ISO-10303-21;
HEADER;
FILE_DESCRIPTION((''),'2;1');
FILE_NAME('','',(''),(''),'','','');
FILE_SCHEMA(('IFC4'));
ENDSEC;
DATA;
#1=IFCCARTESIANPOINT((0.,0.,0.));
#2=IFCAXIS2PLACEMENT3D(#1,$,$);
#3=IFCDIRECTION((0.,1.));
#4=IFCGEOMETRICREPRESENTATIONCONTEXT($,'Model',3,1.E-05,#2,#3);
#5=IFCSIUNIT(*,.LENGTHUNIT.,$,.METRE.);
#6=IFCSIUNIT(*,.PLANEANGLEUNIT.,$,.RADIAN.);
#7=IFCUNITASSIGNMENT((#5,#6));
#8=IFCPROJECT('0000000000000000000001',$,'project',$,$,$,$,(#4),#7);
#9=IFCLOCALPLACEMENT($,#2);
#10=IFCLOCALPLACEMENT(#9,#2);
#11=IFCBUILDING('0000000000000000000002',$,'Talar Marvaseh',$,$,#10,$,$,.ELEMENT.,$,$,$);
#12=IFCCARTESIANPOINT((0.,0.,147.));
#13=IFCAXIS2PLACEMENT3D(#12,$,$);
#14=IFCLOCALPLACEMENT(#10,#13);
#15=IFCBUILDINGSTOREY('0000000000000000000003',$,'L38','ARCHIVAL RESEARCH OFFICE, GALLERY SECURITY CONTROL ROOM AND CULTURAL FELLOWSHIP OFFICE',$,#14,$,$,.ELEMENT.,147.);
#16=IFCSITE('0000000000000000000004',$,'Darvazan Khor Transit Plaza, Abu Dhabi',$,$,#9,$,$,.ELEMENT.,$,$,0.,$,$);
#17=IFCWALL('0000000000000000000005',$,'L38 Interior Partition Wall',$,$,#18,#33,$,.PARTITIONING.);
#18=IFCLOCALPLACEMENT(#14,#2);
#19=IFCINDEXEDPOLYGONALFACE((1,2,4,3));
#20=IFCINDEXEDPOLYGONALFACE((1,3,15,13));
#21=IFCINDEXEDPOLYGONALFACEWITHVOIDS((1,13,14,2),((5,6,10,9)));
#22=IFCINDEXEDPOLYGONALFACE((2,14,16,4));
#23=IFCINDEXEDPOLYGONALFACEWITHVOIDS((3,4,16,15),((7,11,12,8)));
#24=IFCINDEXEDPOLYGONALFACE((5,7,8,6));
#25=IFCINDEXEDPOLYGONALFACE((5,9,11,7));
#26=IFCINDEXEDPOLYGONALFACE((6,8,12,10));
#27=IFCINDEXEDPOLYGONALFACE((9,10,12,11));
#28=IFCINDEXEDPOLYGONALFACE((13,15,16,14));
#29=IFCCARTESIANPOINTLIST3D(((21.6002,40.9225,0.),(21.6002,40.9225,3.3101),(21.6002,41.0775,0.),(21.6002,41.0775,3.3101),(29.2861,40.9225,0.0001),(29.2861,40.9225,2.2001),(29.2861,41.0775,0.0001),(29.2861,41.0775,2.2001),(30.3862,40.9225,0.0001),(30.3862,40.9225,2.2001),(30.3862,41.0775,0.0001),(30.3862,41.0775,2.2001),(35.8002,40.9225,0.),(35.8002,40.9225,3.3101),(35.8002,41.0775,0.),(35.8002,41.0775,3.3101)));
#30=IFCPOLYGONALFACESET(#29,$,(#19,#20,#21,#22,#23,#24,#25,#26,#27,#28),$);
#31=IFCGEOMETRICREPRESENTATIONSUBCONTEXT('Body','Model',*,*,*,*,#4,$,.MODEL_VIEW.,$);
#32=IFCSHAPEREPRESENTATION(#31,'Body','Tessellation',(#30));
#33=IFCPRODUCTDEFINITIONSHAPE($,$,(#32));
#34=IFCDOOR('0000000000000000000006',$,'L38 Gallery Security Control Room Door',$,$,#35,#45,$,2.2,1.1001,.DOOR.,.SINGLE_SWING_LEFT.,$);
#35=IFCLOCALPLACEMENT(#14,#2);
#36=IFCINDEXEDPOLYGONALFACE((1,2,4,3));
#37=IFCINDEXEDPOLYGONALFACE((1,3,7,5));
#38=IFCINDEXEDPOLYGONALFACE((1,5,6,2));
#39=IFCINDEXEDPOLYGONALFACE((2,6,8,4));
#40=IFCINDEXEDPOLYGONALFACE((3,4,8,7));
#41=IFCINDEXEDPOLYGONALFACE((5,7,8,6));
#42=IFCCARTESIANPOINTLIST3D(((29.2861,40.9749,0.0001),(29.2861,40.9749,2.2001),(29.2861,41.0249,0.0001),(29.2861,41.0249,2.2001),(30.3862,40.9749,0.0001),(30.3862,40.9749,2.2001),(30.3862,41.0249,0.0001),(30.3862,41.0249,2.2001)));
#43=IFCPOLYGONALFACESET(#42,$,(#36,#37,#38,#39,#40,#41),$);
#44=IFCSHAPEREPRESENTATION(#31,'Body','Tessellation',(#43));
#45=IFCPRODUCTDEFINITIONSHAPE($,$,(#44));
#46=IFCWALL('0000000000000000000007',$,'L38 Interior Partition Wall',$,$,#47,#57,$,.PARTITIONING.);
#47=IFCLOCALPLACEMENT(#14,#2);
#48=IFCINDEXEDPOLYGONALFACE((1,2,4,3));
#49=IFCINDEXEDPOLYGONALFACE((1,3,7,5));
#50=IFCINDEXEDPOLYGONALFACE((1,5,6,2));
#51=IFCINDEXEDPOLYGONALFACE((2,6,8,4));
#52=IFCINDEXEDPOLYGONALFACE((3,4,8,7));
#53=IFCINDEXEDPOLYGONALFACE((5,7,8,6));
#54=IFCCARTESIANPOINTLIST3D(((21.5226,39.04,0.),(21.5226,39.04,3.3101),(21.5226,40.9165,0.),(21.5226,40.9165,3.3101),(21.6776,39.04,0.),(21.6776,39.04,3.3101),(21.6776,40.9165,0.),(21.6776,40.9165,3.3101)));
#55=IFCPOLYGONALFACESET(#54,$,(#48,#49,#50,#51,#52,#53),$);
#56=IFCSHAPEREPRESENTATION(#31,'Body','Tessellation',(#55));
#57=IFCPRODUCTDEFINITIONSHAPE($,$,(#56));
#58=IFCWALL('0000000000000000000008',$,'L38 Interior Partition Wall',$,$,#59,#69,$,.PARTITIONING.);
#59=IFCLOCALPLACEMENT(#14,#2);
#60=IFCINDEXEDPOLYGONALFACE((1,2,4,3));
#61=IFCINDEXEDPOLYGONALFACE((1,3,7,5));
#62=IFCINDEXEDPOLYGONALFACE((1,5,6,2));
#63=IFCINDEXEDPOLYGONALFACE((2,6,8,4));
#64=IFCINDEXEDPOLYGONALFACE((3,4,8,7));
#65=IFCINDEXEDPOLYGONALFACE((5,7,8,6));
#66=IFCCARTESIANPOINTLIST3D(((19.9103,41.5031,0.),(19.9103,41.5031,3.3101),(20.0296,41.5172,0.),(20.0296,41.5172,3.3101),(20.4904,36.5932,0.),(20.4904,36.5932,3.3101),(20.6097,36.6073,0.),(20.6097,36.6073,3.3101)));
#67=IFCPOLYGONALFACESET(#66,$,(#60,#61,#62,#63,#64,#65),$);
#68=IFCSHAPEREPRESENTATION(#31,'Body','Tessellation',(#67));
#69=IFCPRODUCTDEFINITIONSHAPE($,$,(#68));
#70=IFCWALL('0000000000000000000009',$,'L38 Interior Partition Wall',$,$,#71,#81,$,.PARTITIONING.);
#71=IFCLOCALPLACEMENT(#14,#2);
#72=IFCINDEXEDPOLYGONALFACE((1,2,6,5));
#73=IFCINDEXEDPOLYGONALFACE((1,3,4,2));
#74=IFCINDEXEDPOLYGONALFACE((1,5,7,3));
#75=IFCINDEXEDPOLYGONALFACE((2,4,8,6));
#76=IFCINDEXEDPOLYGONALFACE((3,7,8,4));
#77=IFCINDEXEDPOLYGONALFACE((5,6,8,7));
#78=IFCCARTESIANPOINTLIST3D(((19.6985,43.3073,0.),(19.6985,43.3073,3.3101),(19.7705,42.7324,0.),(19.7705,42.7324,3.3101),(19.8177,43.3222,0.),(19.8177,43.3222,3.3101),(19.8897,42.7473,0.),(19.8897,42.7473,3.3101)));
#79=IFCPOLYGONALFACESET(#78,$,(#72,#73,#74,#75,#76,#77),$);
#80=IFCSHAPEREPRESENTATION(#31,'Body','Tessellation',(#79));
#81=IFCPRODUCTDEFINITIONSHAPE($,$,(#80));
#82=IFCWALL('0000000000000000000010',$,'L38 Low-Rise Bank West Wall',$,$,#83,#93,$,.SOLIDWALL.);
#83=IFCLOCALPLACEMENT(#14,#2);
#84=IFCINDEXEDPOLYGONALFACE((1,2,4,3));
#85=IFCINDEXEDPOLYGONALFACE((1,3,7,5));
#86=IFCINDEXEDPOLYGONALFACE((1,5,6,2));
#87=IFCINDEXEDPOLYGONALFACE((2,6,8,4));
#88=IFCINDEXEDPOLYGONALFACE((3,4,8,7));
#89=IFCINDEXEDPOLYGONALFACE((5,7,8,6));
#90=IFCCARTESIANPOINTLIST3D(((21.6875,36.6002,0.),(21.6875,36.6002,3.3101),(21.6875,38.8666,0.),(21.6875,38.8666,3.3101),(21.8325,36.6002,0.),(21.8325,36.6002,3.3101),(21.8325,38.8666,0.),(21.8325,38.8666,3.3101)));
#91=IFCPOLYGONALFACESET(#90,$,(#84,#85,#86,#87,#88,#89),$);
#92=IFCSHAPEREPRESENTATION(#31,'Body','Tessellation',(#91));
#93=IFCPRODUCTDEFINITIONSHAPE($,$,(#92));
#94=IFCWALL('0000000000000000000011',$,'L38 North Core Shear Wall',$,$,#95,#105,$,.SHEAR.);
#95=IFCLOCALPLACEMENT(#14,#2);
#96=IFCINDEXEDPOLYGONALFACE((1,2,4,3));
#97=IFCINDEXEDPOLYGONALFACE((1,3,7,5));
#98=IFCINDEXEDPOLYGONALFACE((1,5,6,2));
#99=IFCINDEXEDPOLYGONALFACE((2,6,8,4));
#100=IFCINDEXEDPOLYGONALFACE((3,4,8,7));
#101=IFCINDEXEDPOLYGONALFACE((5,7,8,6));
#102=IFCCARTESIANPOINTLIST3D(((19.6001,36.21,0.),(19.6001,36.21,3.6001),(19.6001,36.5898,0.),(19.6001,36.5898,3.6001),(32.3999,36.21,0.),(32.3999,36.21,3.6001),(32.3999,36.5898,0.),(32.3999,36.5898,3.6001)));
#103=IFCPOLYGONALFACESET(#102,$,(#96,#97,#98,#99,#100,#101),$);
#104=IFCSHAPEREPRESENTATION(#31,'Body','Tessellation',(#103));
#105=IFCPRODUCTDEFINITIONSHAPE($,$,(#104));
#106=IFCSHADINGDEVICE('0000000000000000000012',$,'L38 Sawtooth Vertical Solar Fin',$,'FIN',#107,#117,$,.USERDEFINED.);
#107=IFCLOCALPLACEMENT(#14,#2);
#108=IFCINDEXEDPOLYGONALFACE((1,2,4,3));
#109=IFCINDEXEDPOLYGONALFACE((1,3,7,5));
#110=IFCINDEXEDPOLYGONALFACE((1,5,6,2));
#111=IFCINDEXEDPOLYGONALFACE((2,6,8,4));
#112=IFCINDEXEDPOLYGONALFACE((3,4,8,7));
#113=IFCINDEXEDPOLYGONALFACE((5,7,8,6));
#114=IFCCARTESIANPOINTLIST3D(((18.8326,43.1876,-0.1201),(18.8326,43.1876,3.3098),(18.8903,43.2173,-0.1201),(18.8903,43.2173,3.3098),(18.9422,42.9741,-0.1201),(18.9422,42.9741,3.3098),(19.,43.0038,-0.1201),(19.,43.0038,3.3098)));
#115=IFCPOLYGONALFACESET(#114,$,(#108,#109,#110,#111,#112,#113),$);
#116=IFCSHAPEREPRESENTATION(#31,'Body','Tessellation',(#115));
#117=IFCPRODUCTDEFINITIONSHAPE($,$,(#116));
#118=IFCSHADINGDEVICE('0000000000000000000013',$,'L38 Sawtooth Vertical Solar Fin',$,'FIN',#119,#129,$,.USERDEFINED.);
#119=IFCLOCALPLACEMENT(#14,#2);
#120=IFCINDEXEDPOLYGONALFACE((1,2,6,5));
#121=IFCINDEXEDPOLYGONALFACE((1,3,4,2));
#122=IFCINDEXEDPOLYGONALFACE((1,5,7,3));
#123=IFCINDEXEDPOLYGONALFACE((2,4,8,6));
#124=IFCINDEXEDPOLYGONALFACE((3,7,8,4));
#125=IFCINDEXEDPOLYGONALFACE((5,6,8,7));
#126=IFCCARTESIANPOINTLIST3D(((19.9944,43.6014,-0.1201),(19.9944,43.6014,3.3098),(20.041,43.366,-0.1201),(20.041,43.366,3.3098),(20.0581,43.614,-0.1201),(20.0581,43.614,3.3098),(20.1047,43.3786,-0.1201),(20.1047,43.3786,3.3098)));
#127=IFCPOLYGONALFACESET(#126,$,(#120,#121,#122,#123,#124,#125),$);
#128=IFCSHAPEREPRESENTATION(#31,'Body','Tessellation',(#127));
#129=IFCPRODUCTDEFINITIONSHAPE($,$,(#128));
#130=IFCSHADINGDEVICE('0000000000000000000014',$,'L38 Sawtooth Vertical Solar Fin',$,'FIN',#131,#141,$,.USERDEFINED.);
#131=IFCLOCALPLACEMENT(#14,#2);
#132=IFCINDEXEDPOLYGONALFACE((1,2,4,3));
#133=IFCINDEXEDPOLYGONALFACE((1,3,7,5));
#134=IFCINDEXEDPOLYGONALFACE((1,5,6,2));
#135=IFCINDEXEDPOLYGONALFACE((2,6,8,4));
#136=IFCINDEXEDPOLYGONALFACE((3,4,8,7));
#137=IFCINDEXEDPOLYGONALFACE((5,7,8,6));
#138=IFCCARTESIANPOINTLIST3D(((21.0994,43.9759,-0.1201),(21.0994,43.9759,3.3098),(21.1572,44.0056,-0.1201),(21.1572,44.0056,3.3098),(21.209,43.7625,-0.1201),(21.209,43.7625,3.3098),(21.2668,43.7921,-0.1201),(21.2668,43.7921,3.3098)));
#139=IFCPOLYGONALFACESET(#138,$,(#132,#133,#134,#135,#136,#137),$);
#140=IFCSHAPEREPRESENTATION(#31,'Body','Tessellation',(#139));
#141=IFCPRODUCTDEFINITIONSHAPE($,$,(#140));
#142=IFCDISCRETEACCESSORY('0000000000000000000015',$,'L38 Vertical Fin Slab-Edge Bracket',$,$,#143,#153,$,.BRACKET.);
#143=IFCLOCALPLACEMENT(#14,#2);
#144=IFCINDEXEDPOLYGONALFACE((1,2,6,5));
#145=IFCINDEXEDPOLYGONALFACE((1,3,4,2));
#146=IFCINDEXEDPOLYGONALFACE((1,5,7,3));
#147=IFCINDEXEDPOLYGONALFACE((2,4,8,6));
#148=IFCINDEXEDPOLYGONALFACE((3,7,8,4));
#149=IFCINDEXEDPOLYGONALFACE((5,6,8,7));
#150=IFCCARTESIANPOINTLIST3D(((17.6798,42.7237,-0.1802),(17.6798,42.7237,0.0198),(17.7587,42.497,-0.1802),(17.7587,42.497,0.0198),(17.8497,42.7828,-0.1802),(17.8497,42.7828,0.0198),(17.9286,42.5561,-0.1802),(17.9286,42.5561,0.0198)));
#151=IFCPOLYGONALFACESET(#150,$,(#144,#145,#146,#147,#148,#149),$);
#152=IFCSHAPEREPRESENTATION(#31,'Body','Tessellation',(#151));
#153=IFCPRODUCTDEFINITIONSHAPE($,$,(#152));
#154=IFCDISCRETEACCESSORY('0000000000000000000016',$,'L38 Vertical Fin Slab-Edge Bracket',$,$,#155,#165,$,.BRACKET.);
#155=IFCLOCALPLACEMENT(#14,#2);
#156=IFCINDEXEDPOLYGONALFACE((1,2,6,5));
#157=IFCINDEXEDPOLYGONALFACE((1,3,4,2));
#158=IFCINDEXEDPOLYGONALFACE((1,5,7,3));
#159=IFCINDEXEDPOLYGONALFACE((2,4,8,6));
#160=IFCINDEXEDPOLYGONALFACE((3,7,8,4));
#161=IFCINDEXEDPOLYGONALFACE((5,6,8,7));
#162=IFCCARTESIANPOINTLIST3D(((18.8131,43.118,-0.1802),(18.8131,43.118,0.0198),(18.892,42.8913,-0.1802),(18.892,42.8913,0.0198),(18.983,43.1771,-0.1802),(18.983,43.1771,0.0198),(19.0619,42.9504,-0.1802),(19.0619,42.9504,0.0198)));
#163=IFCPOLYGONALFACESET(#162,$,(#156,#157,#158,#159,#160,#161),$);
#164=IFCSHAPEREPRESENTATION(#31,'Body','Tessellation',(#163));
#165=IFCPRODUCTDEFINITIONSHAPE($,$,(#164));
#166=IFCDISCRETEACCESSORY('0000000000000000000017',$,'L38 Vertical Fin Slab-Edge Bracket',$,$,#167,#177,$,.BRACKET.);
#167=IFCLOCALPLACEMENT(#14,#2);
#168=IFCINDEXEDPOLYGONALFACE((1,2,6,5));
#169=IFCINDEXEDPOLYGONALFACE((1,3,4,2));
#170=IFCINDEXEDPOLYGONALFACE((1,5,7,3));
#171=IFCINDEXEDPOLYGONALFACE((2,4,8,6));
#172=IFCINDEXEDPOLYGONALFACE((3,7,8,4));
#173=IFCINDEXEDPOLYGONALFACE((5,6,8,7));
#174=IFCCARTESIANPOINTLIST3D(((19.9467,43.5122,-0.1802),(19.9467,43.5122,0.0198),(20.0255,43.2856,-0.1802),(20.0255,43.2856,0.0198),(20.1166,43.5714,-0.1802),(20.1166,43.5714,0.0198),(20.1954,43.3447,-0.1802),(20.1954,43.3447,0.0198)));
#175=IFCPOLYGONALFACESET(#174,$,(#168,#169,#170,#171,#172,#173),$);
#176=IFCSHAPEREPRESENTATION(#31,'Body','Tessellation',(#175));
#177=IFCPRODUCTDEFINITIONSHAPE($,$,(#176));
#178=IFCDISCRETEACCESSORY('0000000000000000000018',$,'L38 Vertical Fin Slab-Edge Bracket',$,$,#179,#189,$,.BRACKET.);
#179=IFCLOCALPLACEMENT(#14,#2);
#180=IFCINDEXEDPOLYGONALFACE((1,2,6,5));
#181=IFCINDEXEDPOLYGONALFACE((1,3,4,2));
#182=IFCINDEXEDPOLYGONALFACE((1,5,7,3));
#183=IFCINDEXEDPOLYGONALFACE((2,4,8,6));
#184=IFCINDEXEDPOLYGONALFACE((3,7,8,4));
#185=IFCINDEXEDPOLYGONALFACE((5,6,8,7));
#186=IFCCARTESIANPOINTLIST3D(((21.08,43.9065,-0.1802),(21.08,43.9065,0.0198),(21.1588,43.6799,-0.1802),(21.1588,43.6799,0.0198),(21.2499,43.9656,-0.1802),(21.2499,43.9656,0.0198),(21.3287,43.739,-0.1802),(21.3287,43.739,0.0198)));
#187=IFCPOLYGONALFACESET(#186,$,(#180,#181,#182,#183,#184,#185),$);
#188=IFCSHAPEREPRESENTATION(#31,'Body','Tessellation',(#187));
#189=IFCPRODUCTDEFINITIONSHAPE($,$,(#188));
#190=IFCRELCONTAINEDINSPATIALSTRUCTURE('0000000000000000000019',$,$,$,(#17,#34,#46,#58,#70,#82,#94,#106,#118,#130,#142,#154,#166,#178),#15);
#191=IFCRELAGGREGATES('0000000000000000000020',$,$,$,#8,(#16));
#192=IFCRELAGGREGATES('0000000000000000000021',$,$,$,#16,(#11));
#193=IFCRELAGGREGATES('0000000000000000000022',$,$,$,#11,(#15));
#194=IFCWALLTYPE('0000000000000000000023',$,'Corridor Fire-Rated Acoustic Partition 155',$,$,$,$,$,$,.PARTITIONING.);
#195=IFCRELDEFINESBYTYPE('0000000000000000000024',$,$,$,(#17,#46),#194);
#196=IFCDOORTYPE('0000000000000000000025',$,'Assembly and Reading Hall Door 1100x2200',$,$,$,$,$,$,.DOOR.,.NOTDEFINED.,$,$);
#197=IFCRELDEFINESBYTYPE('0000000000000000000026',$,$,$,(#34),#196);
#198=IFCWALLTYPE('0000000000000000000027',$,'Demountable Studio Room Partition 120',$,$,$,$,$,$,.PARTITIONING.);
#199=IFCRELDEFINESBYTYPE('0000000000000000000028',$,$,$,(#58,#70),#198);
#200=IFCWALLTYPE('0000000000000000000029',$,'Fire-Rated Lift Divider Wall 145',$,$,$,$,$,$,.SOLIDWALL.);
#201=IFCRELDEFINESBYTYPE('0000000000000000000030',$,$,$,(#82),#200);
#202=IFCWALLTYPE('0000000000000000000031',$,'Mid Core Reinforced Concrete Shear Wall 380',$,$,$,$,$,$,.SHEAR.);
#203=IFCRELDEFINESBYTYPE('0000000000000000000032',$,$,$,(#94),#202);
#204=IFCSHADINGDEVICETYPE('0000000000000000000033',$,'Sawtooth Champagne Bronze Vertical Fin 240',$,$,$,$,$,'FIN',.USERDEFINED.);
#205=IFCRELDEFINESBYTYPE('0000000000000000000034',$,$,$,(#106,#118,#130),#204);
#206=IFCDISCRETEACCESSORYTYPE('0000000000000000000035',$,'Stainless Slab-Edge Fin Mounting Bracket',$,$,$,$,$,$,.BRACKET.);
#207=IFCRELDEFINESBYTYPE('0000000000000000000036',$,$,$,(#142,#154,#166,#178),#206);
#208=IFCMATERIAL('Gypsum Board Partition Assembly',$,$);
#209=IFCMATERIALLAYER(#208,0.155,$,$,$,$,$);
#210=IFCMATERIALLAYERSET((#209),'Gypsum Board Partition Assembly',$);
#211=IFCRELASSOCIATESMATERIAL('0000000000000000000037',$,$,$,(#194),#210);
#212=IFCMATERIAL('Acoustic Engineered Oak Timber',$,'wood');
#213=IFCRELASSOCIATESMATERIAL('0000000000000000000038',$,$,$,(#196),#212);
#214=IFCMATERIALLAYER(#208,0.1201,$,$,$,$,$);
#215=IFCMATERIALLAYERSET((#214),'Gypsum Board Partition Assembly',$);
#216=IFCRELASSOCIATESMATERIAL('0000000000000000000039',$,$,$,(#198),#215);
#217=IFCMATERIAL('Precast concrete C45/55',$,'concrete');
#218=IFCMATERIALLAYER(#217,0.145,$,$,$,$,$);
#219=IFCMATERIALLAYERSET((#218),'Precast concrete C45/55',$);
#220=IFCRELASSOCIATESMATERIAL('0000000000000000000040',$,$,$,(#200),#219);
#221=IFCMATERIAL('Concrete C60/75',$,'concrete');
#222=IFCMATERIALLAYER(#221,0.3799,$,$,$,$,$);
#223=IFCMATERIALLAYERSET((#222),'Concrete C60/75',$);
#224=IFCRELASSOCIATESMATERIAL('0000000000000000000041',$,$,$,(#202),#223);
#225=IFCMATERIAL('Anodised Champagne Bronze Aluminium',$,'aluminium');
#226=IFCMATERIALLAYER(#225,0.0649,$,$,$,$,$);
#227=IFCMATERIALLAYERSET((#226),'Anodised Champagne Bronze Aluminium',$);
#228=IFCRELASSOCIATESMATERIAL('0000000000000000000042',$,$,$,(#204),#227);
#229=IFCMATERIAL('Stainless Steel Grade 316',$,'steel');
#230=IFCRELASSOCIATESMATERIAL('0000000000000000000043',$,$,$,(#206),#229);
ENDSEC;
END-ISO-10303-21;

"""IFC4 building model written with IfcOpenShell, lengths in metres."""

from ifc_helpers import new_model, si_unit, direction, frame, frame_2d, origin, origin_2d, place, context, subcontext, project, spatial, rectangle, extrude, source, transform, mapped, material, layer, layer_set, type_object, type_shapes, element, fill, save


model = new_model("IFC4")

# Units and contexts
model_context = context("Model", 3, precision=1e-05, world=origin(), true_north=direction((0.0, 1.0)))
body_context = subcontext(model_context, "Body", "Model", "MODEL_VIEW")
ifc_project = project(units=[si_unit("LENGTHUNIT", "METRE"), si_unit("PLANEANGLEUNIT", "RADIAN")], contexts=[model_context])

# Site, building, storey
site_placement = place(None, origin())
site = spatial("IfcSite", under=ifc_project, at=site_placement, Name="Darvazan Khor Transit Plaza, Abu Dhabi", CompositionType="ELEMENT", RefElevation=0.0)
building_placement = place(site_placement, origin())
building = spatial("IfcBuilding", under=site, at=building_placement, Name="Talar Marvaseh", CompositionType="ELEMENT")
storey_placement = place(building_placement, frame((0.0, 0.0, 147.0)))
storey = spatial("IfcBuildingStorey", under=building, at=storey_placement, Name="L38", Description="ARCHIVAL RESEARCH OFFICE, GALLERY SECURITY CONTROL ROOM AND CULTURAL FELLOWSHIP OFFICE", CompositionType="ELEMENT", Elevation=147.0)

# Shared definitions
ifc_material_1 = material(Name="Concrete C60/75", Category="concrete")

# Wall, opening, door
ifc_material_2 = material(Name="Gypsum Board Partition Assembly")
ifc_layer_1 = layer(ifc_material_2, 0.155)
ifc_layer_set_1 = layer_set([ifc_layer_1], Name="Gypsum Board Partition Assembly")
wall_type_1 = type_object("IfcWallType", Name="Corridor Fire-Rated Acoustic Partition 155", PredefinedType="PARTITIONING", material=ifc_layer_set_1)
wall_1_placement = place(storey_placement, frame((21.6001, 41.0, 0.0), z_axis=(0.0, 0.0, 1.0), x_axis=(1.0, 0.0, 0.0)))
wall_1 = element("IfcWall", 1, at=wall_1_placement, inside=storey, type_object=wall_type_1, Name="L38 Interior Partition Wall", PredefinedType="PARTITIONING", context=body_context, shape_type="SweptSolid", body=[
    extrude(rectangle(XDim=14.2, YDim=0.155, at=frame_2d((7.1001, 0.0))), origin(), (0.0, 0.0, 1.0), 3.3101),
])
opening_1_placement = place(wall_1_placement, frame((7.686, 0.0, 0.0)))
opening_1 = element("IfcOpeningElement", 2, at=opening_1_placement, cuts=wall_1, PredefinedType="OPENING", context=body_context, shape_type="SweptSolid", body=[
    extrude(rectangle(XDim=1.1001, YDim=2.2, at=frame_2d((0.55, 1.1001))), frame((0.0, 0.0874, 0.0), z_axis=(0.0, -1.0, 0.0), x_axis=(1.0, 0.0, 0.0)), (0.0, 0.0, 1.0), 0.175),
])
ifc_material_3 = material(Name="Acoustic Engineered Oak Timber", Category="wood")
door_type_1 = type_object("IfcDoorType", Name="Assembly and Reading Hall Door 1100x2200", OperationType="NOTDEFINED", PredefinedType="DOOR", material=ifc_material_3)
shared_shape_1 = source(origin(), body_context, "Body", "SweptSolid", [
    extrude(rectangle(XDim=1.1001, YDim=2.2, at=frame_2d((0.55, 1.1001))), frame((0.0, 0.0249, 0.0), z_axis=(0.0, -1.0, 0.0), x_axis=(1.0, 0.0, 0.0)), (0.0, 0.0, 1.0), 0.05),
])
type_shapes(door_type_1, [shared_shape_1])
door_1_placement = place(opening_1_placement, origin())
door_1 = element("IfcDoor", 3, at=door_1_placement, inside=storey, type_object=door_type_1, Name="L38 Gallery Security Control Room Door", OperationType="SINGLE_SWING_LEFT", OverallHeight=2.2, OverallWidth=1.1001, PredefinedType="DOOR", context=body_context, shape_type="MappedRepresentation", body=[
    mapped(shared_shape_1, transform((0.0, 0.0, 0.0), x_axis=(1.0, 0.0, 0.0), y_axis=(0.0, 1.0, 0.0), z_axis=(0.0, 0.0, 1.0), scale=1.0)),
])
fill(opening_1, door_1)

# Walls
wall_2_placement = place(storey_placement, frame((21.6001, 39.04, 0.0), z_axis=(0.0, 0.0, 1.0), x_axis=(0.0, 1.0, 0.0)))
element("IfcWall", 4, at=wall_2_placement, inside=storey, type_object=wall_type_1, Name="L38 Interior Partition Wall", PredefinedType="PARTITIONING", context=body_context, shape_type="SweptSolid", body=[
    extrude(rectangle(XDim=1.8765, YDim=0.155, at=frame_2d((0.9382, 0.0))), origin(), (0.0, 0.0, 1.0), 3.3101),
])
ifc_layer_2 = layer(ifc_material_2, 0.1201)
ifc_layer_set_2 = layer_set([ifc_layer_2], Name="Gypsum Board Partition Assembly")
wall_type_2 = type_object("IfcWallType", Name="Demountable Studio Room Partition 120", PredefinedType="PARTITIONING", material=ifc_layer_set_2)
wall_3_placement = place(storey_placement, frame((20.55, 36.6001, 0.0), z_axis=(0.0, 0.0, 1.0), x_axis=(-0.117328, 0.993093, 0.0)))
element("IfcWall", 5, at=wall_3_placement, inside=storey, type_object=wall_type_2, Name="L38 Interior Partition Wall", PredefinedType="PARTITIONING", context=body_context, shape_type="SweptSolid", body=[
    extrude(rectangle(XDim=4.9441, YDim=0.1201, at=frame_2d((2.4722, 0.0))), origin(), (0.0, 0.0, 1.0), 3.3101),
])
wall_4_placement = place(storey_placement, frame((19.8301, 42.74, 0.0), z_axis=(0.0, 0.0, 1.0), x_axis=(-0.124294, 0.992245, 0.0)))
element("IfcWall", 6, at=wall_4_placement, inside=storey, type_object=wall_type_2, Name="L38 Interior Partition Wall", PredefinedType="PARTITIONING", context=body_context, shape_type="SweptSolid", body=[
    extrude(rectangle(XDim=0.5793, YDim=0.1201, at=frame_2d((0.2896, 0.0))), origin(), (0.0, 0.0, 1.0), 3.3101),
])
ifc_material_4 = material(Name="Precast concrete C45/55", Category="concrete")
ifc_layer_3 = layer(ifc_material_4, 0.145)
ifc_layer_set_3 = layer_set([ifc_layer_3], Name="Precast concrete C45/55")
wall_type_3 = type_object("IfcWallType", Name="Fire-Rated Lift Divider Wall 145", PredefinedType="SOLIDWALL", material=ifc_layer_set_3)
wall_5_placement = place(storey_placement, frame((21.76, 36.6001, 0.0), z_axis=(0.0, 0.0, 1.0), x_axis=(0.0, 1.0, 0.0)))
element("IfcWall", 7, at=wall_5_placement, inside=storey, type_object=wall_type_3, Name="L38 Low-Rise Bank West Wall", PredefinedType="SOLIDWALL", context=body_context, shape_type="SweptSolid", body=[
    extrude(rectangle(XDim=2.2664, YDim=0.145, at=frame_2d((1.1333, 0.0))), origin(), (0.0, 0.0, 1.0), 3.3101),
])

# Shared definitions
ifc_material_5 = material(Name="Stainless Steel Grade 316", Category="steel")

# Wall
ifc_layer_4 = layer(ifc_material_1, 0.3799)
ifc_layer_set_4 = layer_set([ifc_layer_4], Name="Concrete C60/75")
wall_type_4 = type_object("IfcWallType", Name="Mid Core Reinforced Concrete Shear Wall 380", PredefinedType="SHEAR", material=ifc_layer_set_4)
wall_6_placement = place(storey_placement, frame((19.6001, 36.3999, 0.0), z_axis=(0.0, 0.0, 1.0), x_axis=(1.0, 0.0, 0.0)))
element("IfcWall", 8, at=wall_6_placement, inside=storey, type_object=wall_type_4, Name="L38 North Core Shear Wall", PredefinedType="SHEAR", context=body_context, shape_type="SweptSolid", body=[
    extrude(rectangle(XDim=12.7998, YDim=0.3799, at=frame_2d((6.3999, 0.0))), origin(), (0.0, 0.0, 1.0), 3.6001),
])

# Shading devices
ifc_material_6 = material(Name="Anodised Champagne Bronze Aluminium", Category="aluminium")
ifc_layer_5 = layer(ifc_material_6, 0.0649)
ifc_layer_set_5 = layer_set([ifc_layer_5], Name="Anodised Champagne Bronze Aluminium")
shading_device_type = type_object("IfcShadingDeviceType", Name="Sawtooth Champagne Bronze Vertical Fin 240", ElementType="FIN", PredefinedType="USERDEFINED", material=ifc_layer_set_5)
shared_shape_2 = source(origin(), body_context, "Body", "SweptSolid", [
    extrude(rectangle(XDim=0.24, YDim=0.0649, at=origin_2d()), origin(), (0.0, 0.0, 1.0), 3.4299),
])
type_shapes(shading_device_type, [shared_shape_2])
for number, where, z_axis, x_axis, name in (
    (9, (18.9163, 43.0957, -0.1201), (0.0, 0.0, 1.0), (-0.456787, 0.889576, 0.0), "L38 Sawtooth Vertical Solar Fin"),
    (10, (20.0496, 43.49, -0.1201), (0.0, 0.0, 1.0), (-0.193892, 0.981023, 0.0), "L38 Sawtooth Vertical Solar Fin"),
    (11, (21.1831, 43.884, -0.1201), (0.0, 0.0, 1.0), (-0.456787, 0.889576, 0.0), "L38 Sawtooth Vertical Solar Fin"),
):
    element("IfcShadingDevice", number, at=place(storey_placement, frame(where, z_axis=z_axis, x_axis=x_axis)), inside=storey, type_object=shading_device_type, Name=name, ObjectType="FIN", PredefinedType="USERDEFINED", context=body_context, shape_type="MappedRepresentation", body=[
        mapped(shared_shape_2, transform((0.0, 0.0, 0.0), x_axis=(1.0, 0.0, 0.0), y_axis=(0.0, 1.0, 0.0), z_axis=(0.0, 0.0, 1.0), scale=1.0)),
    ])

# Discrete accessories
discrete_accessory_type = type_object("IfcDiscreteAccessoryType", Name="Stainless Slab-Edge Fin Mounting Bracket", PredefinedType="BRACKET", material=ifc_material_5)
shared_shape_3 = source(origin(), body_context, "Body", "SweptSolid", [
    extrude(rectangle(XDim=0.24, YDim=0.1799, at=origin_2d()), origin(), (0.0, 0.0, 1.0), 0.2),
])
type_shapes(discrete_accessory_type, [shared_shape_3])
for number, where, z_axis, x_axis, name in (
    (12, (17.8042, 42.6399, -0.1802), (0.0, 0.0, 1.0), (-0.328537, 0.944491, 0.0), "L38 Vertical Fin Slab-Edge Bracket"),
    (13, (18.9375, 43.0342, -0.1802), (0.0, 0.0, 1.0), (-0.328537, 0.944491, 0.0), "L38 Vertical Fin Slab-Edge Bracket"),
    (14, (20.071, 43.4285, -0.1802), (0.0, 0.0, 1.0), (-0.328537, 0.944491, 0.0), "L38 Vertical Fin Slab-Edge Bracket"),
    (15, (21.2043, 43.8228, -0.1802), (0.0, 0.0, 1.0), (-0.328537, 0.944491, 0.0), "L38 Vertical Fin Slab-Edge Bracket"),
):
    element("IfcDiscreteAccessory", number, at=place(storey_placement, frame(where, z_axis=z_axis, x_axis=x_axis)), inside=storey, type_object=discrete_accessory_type, Name=name, PredefinedType="BRACKET", context=body_context, shape_type="MappedRepresentation", body=[
        mapped(shared_shape_3, transform((0.0, 0.0, 0.0), x_axis=(1.0, 0.0, 0.0), y_axis=(0.0, 1.0, 0.0), z_axis=(0.0, 0.0, 1.0), scale=1.0)),
    ])

save(model, "model.ifc")
